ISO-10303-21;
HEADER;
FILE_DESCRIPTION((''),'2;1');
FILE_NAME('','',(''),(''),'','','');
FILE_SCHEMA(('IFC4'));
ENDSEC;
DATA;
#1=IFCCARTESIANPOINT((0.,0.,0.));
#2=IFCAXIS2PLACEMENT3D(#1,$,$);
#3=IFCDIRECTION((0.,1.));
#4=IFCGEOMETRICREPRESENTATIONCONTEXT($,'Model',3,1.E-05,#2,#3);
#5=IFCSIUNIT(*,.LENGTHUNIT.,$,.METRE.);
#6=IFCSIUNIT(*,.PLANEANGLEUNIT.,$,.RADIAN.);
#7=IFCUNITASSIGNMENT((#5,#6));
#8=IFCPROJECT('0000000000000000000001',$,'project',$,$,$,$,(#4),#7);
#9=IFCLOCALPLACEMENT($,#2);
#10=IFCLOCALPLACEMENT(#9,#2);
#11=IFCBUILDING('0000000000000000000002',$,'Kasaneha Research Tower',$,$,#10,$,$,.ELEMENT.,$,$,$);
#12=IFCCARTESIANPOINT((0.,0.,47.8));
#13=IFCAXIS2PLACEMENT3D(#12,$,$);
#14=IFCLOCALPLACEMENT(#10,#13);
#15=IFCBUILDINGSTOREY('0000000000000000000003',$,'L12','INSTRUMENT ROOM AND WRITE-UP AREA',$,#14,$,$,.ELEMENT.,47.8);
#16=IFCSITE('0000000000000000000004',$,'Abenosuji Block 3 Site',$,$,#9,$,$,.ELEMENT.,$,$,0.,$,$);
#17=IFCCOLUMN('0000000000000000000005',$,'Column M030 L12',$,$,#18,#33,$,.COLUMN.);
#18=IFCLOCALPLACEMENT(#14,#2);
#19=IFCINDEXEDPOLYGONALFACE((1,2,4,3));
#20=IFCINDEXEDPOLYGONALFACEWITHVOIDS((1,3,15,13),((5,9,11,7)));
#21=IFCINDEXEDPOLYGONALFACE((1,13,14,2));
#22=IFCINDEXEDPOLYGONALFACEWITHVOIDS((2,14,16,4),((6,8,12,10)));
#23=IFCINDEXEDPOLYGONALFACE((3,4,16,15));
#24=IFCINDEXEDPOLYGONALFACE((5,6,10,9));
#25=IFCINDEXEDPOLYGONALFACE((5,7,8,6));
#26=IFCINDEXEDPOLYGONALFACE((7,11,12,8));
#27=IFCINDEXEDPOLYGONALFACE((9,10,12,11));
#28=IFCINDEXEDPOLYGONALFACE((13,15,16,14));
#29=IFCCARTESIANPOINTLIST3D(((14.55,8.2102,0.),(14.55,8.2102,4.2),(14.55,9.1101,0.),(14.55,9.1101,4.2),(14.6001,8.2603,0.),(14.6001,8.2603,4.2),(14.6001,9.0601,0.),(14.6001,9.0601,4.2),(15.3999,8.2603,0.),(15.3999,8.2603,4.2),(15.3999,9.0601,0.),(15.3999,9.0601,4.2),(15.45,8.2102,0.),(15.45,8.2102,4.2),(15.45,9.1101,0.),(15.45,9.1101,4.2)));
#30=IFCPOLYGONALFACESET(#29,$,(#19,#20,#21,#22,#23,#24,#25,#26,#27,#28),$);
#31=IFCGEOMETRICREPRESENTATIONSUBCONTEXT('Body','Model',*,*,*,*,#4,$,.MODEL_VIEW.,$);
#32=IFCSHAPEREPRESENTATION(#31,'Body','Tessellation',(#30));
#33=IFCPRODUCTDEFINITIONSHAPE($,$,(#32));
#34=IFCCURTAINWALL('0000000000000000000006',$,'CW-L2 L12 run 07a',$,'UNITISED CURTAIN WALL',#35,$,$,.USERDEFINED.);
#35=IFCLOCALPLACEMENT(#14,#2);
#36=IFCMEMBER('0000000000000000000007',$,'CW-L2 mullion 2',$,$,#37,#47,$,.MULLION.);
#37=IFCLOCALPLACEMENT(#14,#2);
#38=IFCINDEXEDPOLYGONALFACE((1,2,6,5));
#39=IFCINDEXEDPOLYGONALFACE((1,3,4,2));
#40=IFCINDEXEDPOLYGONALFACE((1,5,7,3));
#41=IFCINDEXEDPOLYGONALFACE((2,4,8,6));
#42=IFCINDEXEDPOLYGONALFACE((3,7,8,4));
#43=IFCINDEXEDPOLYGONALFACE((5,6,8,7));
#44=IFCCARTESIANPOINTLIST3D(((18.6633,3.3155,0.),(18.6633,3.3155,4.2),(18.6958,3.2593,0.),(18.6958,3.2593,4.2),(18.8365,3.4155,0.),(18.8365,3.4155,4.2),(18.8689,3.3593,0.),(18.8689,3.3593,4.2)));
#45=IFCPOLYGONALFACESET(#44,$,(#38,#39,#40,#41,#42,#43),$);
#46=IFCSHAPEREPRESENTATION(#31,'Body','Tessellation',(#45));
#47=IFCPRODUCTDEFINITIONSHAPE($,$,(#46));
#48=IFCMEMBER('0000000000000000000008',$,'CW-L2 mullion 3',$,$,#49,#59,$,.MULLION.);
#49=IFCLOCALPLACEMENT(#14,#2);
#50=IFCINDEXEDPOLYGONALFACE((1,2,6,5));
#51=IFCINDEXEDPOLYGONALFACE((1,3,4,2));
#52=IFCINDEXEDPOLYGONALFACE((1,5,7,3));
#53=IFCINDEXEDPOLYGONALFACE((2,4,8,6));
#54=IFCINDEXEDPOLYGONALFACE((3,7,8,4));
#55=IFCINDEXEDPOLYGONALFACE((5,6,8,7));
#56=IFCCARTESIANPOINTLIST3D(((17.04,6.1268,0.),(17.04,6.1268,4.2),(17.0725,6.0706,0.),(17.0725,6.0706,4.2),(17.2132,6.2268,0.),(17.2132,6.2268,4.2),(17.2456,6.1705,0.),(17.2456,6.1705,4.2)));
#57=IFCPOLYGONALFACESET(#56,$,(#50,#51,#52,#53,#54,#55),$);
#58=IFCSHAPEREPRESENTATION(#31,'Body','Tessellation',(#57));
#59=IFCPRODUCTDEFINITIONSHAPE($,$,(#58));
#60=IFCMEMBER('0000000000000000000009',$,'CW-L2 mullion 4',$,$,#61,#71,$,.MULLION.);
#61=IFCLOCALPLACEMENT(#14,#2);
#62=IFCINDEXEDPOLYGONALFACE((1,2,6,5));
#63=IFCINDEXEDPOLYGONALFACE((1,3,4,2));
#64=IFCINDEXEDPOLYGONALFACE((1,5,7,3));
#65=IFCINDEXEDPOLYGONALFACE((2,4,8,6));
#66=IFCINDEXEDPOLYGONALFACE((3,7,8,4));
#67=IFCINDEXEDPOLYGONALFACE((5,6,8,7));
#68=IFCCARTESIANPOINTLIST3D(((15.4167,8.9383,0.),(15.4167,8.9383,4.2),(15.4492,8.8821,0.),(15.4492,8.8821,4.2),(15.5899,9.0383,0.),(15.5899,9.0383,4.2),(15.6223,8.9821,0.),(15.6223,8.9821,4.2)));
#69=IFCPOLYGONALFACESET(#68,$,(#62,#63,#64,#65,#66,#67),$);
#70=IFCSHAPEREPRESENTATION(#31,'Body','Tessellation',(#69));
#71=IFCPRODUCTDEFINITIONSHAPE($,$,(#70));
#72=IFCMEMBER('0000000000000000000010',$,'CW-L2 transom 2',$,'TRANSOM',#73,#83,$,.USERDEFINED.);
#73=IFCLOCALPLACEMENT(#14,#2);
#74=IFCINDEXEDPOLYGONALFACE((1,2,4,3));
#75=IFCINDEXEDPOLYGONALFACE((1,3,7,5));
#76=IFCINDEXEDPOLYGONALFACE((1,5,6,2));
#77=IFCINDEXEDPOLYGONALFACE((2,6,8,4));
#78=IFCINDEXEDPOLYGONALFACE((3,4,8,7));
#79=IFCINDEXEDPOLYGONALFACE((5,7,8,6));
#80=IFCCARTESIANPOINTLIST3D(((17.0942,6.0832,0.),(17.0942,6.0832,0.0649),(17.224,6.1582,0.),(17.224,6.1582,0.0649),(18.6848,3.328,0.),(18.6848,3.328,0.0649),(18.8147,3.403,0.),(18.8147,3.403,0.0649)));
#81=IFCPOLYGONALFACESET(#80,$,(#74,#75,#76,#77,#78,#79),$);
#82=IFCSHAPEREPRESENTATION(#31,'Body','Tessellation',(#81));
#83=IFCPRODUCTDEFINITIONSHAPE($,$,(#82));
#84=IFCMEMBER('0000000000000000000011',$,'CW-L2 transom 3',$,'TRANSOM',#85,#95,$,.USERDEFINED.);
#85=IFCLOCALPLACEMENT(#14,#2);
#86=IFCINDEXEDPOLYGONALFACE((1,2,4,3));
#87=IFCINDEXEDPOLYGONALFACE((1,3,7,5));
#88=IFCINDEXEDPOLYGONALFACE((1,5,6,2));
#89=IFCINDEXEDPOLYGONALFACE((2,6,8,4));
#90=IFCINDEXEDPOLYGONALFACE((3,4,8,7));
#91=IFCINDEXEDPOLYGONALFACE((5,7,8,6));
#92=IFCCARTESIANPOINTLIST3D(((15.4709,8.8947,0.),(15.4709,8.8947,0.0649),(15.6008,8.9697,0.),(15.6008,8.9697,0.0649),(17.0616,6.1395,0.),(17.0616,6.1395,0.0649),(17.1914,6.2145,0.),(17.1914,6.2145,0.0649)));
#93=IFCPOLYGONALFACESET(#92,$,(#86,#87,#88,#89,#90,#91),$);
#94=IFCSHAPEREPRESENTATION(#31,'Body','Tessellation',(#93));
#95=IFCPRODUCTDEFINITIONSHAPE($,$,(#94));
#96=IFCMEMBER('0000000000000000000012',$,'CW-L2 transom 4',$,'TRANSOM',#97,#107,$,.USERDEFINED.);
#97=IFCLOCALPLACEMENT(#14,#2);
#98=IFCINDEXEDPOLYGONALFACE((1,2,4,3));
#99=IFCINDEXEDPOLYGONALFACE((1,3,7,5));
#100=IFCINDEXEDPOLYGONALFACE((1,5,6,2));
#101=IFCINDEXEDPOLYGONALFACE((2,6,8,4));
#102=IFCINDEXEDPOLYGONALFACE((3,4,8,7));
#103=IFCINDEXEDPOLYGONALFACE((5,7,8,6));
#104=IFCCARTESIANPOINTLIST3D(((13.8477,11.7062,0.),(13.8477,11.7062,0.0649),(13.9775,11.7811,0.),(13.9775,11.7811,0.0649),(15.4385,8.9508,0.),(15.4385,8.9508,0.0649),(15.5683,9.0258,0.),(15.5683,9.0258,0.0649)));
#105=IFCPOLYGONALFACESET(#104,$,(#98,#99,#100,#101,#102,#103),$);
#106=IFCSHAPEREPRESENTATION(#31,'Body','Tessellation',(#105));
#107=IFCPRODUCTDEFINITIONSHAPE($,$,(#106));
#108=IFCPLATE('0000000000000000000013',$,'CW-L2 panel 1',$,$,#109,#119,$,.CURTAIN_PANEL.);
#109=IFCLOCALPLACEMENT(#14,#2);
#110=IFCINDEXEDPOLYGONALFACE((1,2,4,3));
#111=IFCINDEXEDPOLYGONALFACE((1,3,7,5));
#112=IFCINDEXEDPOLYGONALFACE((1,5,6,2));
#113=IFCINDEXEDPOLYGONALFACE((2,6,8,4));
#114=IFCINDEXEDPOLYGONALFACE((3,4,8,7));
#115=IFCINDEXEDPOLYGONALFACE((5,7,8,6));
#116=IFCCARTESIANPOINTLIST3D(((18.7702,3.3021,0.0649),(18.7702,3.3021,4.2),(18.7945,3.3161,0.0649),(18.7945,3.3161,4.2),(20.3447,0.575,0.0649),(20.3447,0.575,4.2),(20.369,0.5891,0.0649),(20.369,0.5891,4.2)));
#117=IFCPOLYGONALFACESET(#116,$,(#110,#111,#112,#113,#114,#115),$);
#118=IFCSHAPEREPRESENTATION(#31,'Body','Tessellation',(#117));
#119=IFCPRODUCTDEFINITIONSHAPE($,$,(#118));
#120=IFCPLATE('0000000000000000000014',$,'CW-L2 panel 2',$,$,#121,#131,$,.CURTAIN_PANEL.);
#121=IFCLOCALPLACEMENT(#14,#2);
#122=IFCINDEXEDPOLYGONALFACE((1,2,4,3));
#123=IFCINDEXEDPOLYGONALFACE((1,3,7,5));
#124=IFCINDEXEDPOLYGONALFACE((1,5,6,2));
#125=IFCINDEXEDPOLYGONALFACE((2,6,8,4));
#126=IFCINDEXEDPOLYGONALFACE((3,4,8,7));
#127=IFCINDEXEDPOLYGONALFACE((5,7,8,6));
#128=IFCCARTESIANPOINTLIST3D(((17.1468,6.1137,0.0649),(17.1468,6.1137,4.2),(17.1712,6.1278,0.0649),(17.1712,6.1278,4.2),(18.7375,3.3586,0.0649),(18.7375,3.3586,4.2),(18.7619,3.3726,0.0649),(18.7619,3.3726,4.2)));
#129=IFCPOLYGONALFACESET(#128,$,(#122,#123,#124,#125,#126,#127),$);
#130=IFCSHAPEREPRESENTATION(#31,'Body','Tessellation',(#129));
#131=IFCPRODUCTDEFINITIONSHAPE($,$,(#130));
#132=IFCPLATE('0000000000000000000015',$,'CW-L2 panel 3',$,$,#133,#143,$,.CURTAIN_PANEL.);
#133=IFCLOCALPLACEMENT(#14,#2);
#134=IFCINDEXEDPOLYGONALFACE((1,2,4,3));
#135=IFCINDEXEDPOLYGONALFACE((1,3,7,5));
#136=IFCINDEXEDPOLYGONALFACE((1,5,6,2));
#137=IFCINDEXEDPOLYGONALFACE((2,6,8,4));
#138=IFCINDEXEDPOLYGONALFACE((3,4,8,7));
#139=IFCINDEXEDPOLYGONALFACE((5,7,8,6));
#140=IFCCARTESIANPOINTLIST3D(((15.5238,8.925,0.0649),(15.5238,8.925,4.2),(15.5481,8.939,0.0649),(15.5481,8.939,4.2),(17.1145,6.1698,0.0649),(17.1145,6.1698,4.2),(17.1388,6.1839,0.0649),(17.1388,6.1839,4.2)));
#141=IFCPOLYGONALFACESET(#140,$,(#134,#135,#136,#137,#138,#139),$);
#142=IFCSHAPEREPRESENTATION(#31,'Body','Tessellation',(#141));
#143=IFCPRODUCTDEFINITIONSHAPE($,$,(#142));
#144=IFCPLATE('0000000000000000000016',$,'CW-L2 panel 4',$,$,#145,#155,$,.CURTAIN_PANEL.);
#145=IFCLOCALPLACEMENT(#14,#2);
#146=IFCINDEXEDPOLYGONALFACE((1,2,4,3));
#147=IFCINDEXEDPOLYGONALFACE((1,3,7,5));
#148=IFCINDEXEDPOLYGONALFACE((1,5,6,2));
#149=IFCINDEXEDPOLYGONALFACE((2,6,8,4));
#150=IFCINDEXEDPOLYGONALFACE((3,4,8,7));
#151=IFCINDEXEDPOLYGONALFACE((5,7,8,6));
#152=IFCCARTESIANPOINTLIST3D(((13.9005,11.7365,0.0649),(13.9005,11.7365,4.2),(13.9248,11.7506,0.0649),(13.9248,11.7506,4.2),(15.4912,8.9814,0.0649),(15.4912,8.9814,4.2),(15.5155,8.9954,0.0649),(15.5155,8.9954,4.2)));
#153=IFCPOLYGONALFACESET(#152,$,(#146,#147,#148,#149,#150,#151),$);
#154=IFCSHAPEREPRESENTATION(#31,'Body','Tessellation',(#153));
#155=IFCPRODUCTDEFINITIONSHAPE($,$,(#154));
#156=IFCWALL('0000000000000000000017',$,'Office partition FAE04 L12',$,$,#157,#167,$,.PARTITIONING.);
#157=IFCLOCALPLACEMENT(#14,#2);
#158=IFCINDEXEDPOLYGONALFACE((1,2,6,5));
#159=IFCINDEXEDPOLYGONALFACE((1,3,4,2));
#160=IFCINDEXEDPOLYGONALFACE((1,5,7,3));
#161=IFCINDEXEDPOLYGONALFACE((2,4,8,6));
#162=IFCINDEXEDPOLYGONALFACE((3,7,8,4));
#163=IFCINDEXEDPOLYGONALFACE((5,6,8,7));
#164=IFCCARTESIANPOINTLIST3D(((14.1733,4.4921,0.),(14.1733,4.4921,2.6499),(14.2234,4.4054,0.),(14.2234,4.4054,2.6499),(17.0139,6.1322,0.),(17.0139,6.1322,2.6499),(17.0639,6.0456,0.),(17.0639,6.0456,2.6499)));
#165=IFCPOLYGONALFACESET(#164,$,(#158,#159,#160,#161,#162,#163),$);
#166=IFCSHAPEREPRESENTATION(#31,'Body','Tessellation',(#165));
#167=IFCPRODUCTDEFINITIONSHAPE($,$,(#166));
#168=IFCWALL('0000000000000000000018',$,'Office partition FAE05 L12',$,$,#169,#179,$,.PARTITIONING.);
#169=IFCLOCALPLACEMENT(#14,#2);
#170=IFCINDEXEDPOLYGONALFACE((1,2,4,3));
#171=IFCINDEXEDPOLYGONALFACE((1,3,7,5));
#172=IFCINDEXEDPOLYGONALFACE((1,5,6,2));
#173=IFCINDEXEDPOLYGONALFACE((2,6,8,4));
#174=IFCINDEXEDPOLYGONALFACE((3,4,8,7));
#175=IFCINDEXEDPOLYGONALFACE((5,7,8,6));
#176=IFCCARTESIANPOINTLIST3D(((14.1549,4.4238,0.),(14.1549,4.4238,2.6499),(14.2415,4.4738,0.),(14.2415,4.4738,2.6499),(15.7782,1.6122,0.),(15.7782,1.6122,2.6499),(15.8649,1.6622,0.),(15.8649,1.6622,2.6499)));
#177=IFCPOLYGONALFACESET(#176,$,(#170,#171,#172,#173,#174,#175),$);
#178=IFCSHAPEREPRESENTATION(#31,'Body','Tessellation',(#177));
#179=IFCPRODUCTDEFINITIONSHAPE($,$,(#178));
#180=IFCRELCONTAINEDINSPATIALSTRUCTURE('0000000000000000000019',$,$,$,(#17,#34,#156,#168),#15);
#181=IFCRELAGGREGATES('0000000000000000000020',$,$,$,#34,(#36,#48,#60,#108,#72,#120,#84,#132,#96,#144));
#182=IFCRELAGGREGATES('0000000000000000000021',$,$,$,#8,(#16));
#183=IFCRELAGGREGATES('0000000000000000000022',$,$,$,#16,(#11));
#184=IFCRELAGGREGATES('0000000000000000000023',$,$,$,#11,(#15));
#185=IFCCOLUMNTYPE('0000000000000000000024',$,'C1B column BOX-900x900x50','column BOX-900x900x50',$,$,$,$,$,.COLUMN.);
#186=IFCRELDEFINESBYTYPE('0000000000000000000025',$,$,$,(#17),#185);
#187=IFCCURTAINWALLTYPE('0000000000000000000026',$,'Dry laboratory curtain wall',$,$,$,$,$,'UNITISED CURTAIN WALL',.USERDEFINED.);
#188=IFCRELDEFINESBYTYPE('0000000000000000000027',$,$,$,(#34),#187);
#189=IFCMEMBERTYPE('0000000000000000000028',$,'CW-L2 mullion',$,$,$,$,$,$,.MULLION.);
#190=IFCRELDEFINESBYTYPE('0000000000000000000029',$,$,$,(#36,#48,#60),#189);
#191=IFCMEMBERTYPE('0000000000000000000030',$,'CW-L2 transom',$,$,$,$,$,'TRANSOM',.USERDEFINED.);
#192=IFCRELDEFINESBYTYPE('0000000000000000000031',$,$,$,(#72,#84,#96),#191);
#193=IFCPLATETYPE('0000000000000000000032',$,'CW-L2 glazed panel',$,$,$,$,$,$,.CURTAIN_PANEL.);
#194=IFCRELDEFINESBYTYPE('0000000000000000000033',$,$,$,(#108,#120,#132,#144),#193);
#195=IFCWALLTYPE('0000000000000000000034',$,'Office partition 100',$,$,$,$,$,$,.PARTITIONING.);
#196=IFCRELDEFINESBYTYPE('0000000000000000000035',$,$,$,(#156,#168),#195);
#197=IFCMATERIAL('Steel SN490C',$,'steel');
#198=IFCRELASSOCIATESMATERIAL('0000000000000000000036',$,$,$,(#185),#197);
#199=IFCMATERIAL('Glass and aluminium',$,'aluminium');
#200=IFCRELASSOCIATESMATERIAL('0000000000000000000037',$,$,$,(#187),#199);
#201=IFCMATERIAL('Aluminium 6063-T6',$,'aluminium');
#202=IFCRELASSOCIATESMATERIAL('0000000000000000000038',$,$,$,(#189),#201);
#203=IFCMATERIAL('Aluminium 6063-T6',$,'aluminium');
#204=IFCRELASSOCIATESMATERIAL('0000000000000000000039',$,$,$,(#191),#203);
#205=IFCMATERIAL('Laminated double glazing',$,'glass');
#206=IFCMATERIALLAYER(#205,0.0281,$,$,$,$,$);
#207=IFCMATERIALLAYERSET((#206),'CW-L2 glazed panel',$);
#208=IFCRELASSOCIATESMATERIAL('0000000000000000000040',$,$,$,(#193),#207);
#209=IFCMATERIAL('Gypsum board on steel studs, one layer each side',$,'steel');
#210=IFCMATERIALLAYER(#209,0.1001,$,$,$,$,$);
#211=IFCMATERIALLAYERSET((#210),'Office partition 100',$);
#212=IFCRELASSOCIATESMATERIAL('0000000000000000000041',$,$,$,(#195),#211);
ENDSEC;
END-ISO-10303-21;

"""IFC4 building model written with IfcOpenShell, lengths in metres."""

from ifc_helpers import new_model, si_unit, direction, frame, frame_2d, origin, origin_2d, place, context, subcontext, project, spatial, rectangle, hollow_rectangle, extrude, material, layer, layer_set, material_profile, profile_set, type_object, element, aggregate, save


model = new_model("IFC4")

# Units and contexts
model_context = context("Model", 3, precision=1e-05, world=origin(), true_north=direction((0.0, 1.0)))
body_context = subcontext(model_context, "Body", "Model", "MODEL_VIEW")
ifc_project = project(units=[si_unit("LENGTHUNIT", "METRE"), si_unit("PLANEANGLEUNIT", "RADIAN")], contexts=[model_context])

# Site, building, storey
site_placement = place(None, origin())
site = spatial("IfcSite", under=ifc_project, at=site_placement, Name="Abenosuji Block 3 Site", CompositionType="ELEMENT", RefElevation=0.0)
building_placement = place(site_placement, origin())
building = spatial("IfcBuilding", under=site, at=building_placement, Name="Kasaneha Research Tower", CompositionType="ELEMENT")
storey_placement = place(building_placement, frame((0.0, 0.0, 47.8)))
storey = spatial("IfcBuildingStorey", under=building, at=storey_placement, Name="L12", Description="INSTRUMENT ROOM AND WRITE-UP AREA", CompositionType="ELEMENT", Elevation=47.8)

# Column
ifc_material_1 = material(Name="Steel SN490C", Category="steel")
ifc_material_profile_1 = material_profile(ifc_material_1, hollow_rectangle(XDim=0.8999, YDim=0.8999, WallThickness=0.05, at=origin_2d()), Name="BOX-900x900x50")
ifc_profile_set_1 = profile_set([ifc_material_profile_1], Name="Steel SN490C")
column_type = type_object("IfcColumnType", Name="C1B column BOX-900x900x50", Description="column BOX-900x900x50", PredefinedType="COLUMN", material=ifc_profile_set_1)
column_placement = place(storey_placement, frame((15.0, 8.6602, 0.0), z_axis=(0.0, 0.0, 1.0), x_axis=(1.0, 0.0, 0.0)))
element("IfcColumn", 1, at=column_placement, inside=storey, type_object=column_type, Name="Column M030 L12", PredefinedType="COLUMN", context=body_context, shape_type="SweptSolid", body=[
    extrude(hollow_rectangle(XDim=0.8999, YDim=0.8999, WallThickness=0.05, at=origin_2d()), origin(), (0.0, 0.0, 1.0), 4.2),
])

# Curtain wall, members, plates
ifc_material_2 = material(Name="Glass and aluminium", Category="aluminium")
curtain_wall_type = type_object("IfcCurtainWallType", Name="Dry laboratory curtain wall", ElementType="UNITISED CURTAIN WALL", PredefinedType="USERDEFINED", material=ifc_material_2)
curtain_wall_placement = place(storey_placement, origin())
curtain_wall = element("IfcCurtainWall", 2, at=curtain_wall_placement, inside=storey, type_object=curtain_wall_type, Name="CW-L2 L12 run 07a", ObjectType="UNITISED CURTAIN WALL", PredefinedType="USERDEFINED")
ifc_material_3 = material(Name="Aluminium 6063-T6", Category="aluminium")
ifc_material_profile_2 = material_profile(ifc_material_3, rectangle(XDim=0.0649, YDim=0.2, at=origin_2d()), Name="CW-L2 mullion 65x200")
ifc_profile_set_2 = profile_set([ifc_material_profile_2], Name="Aluminium 6063-T6")
member_type_1 = type_object("IfcMemberType", Name="CW-L2 mullion", PredefinedType="MULLION", material=ifc_profile_set_2)
member_1_placement = place(storey_placement, frame((18.7661, 3.3374, 0.0), z_axis=(0.0, 0.0, 1.0), x_axis=(-0.5, 0.866025, 0.0)))
member_1 = element("IfcMember", 3, at=member_1_placement, type_object=member_type_1, Name="CW-L2 mullion 2", PredefinedType="MULLION", context=body_context, shape_type="SweptSolid", body=[
    extrude(rectangle(XDim=0.0649, YDim=0.2, at=origin_2d()), origin(), (0.0, 0.0, 1.0), 4.2),
])
member_2_placement = place(storey_placement, frame((17.1428, 6.1487, 0.0), z_axis=(0.0, 0.0, 1.0), x_axis=(-0.5, 0.866025, 0.0)))
member_2 = element("IfcMember", 4, at=member_2_placement, type_object=member_type_1, Name="CW-L2 mullion 3", PredefinedType="MULLION", context=body_context, shape_type="SweptSolid", body=[
    extrude(rectangle(XDim=0.0649, YDim=0.2, at=origin_2d()), origin(), (0.0, 0.0, 1.0), 4.2),
])
member_3_placement = place(storey_placement, frame((15.5195, 8.9602, 0.0), z_axis=(0.0, 0.0, 1.0), x_axis=(-0.5, 0.866025, 0.0)))
member_3 = element("IfcMember", 5, at=member_3_placement, type_object=member_type_1, Name="CW-L2 mullion 4", PredefinedType="MULLION", context=body_context, shape_type="SweptSolid", body=[
    extrude(rectangle(XDim=0.0649, YDim=0.2, at=origin_2d()), origin(), (0.0, 0.0, 1.0), 4.2),
])
ifc_material_4 = material(Name="Aluminium 6063-T6", Category="aluminium")
ifc_material_profile_3 = material_profile(ifc_material_4, rectangle(XDim=0.1499, YDim=0.0649, at=origin_2d()), Name="CW-L2 transom 150x65")
ifc_profile_set_3 = profile_set([ifc_material_profile_3], Name="Aluminium 6063-T6")
member_type_2 = type_object("IfcMemberType", Name="CW-L2 transom", ElementType="TRANSOM", PredefinedType="USERDEFINED", material=ifc_profile_set_3)
member_4_placement = place(storey_placement, frame((18.7498, 3.3655, 0.0325), z_axis=(-0.499977, 0.866039, 0.0), x_axis=(-0.866039, -0.499977, 0.0)))
member_4 = element("IfcMember", 6, at=member_4_placement, type_object=member_type_2, Name="CW-L2 transom 2", ObjectType="TRANSOM", PredefinedType="USERDEFINED", context=body_context, shape_type="SweptSolid", body=[
    extrude(rectangle(XDim=0.1499, YDim=0.0649, at=origin_2d()), origin(), (0.0, 0.0, 1.0), 3.1814),
])
member_5_placement = place(storey_placement, frame((17.1265, 6.177, 0.0325), z_axis=(-0.499977, 0.866039, 0.0), x_axis=(-0.866039, -0.499977, 0.0)))
member_5 = element("IfcMember", 7, at=member_5_placement, type_object=member_type_2, Name="CW-L2 transom 3", ObjectType="TRANSOM", PredefinedType="USERDEFINED", context=body_context, shape_type="SweptSolid", body=[
    extrude(rectangle(XDim=0.1499, YDim=0.0649, at=origin_2d()), origin(), (0.0, 0.0, 1.0), 3.1814),
])
member_6_placement = place(storey_placement, frame((15.5034, 8.9883, 0.0325), z_axis=(-0.500001, 0.866025, 0.0), x_axis=(-0.866025, -0.500001, 0.0)))
member_6 = element("IfcMember", 8, at=member_6_placement, type_object=member_type_2, Name="CW-L2 transom 4", ObjectType="TRANSOM", PredefinedType="USERDEFINED", context=body_context, shape_type="SweptSolid", body=[
    extrude(rectangle(XDim=0.1499, YDim=0.0649, at=origin_2d()), origin(), (0.0, 0.0, 1.0), 3.1816),
])
ifc_material_5 = material(Name="Laminated double glazing", Category="glass")
ifc_layer_1 = layer(ifc_material_5, 0.0281)
ifc_layer_set_1 = layer_set([ifc_layer_1], Name="CW-L2 glazed panel")
plate_type = type_object("IfcPlateType", Name="CW-L2 glazed panel", PredefinedType="CURTAIN_PANEL", material=ifc_layer_set_1)
plate_1_placement = place(storey_placement, frame((19.5696, 1.9456, 0.0649), z_axis=(0.0, 0.0, 1.0), x_axis=(-0.5, 0.866025, 0.0)))
plate_1 = element("IfcPlate", 9, at=plate_1_placement, type_object=plate_type, Name="CW-L2 panel 1", PredefinedType="CURTAIN_PANEL", context=body_context, shape_type="SweptSolid", body=[
    extrude(rectangle(XDim=3.1489, YDim=0.0281, at=origin_2d()), origin(), (0.0, 0.0, 1.0), 4.135),
])
plate_2_placement = place(storey_placement, frame((17.9543, 4.7432, 0.0649), z_axis=(0.0, 0.0, 1.0), x_axis=(-0.5, 0.866025, 0.0)))
plate_2 = element("IfcPlate", 10, at=plate_2_placement, type_object=plate_type, Name="CW-L2 panel 2", PredefinedType="CURTAIN_PANEL", context=body_context, shape_type="SweptSolid", body=[
    extrude(rectangle(XDim=3.1814, YDim=0.0281, at=origin_2d()), origin(), (0.0, 0.0, 1.0), 4.135),
])
plate_3_placement = place(storey_placement, frame((16.3313, 7.5544, 0.0649), z_axis=(0.0, 0.0, 1.0), x_axis=(-0.5, 0.866025, 0.0)))
plate_3 = element("IfcPlate", 11, at=plate_3_placement, type_object=plate_type, Name="CW-L2 panel 3", PredefinedType="CURTAIN_PANEL", context=body_context, shape_type="SweptSolid", body=[
    extrude(rectangle(XDim=3.1814, YDim=0.0281, at=origin_2d()), origin(), (0.0, 0.0, 1.0), 4.135),
])
plate_4_placement = place(storey_placement, frame((14.708, 10.366, 0.0649), z_axis=(0.0, 0.0, 1.0), x_axis=(-0.5, 0.866025, 0.0)))
plate_4 = element("IfcPlate", 12, at=plate_4_placement, type_object=plate_type, Name="CW-L2 panel 4", PredefinedType="CURTAIN_PANEL", context=body_context, shape_type="SweptSolid", body=[
    extrude(rectangle(XDim=3.1814, YDim=0.0281, at=origin_2d()), origin(), (0.0, 0.0, 1.0), 4.135),
])
aggregate(curtain_wall, [member_1, member_2, member_3, plate_1, member_4, plate_2, member_5, plate_3, member_6, plate_4])

# Walls
ifc_material_6 = material(Name="Gypsum board on steel studs, one layer each side", Category="steel")
ifc_layer_2 = layer(ifc_material_6, 0.1001)
ifc_layer_set_2 = layer_set([ifc_layer_2], Name="Office partition 100")
wall_type = type_object("IfcWallType", Name="Office partition 100", PredefinedType="PARTITIONING", material=ifc_layer_set_2)
wall_1_placement = place(storey_placement, frame((14.1982, 4.4487, 0.0), z_axis=(0.0, 0.0, 1.0), x_axis=(0.866008, 0.50003, 0.0)))
element("IfcWall", 13, at=wall_1_placement, inside=storey, type_object=wall_type, Name="Office partition FAE04 L12", PredefinedType="PARTITIONING", context=body_context, shape_type="SweptSolid", body=[
    extrude(rectangle(XDim=3.28, YDim=0.1001, at=frame_2d((1.6401, 0.0))), origin(), (0.0, 0.0, 1.0), 2.6499),
])
wall_2_placement = place(storey_placement, frame((15.8215, 1.6372, 0.0), z_axis=(0.0, 0.0, 1.0), x_axis=(-0.500013, 0.866018, 0.0)))
element("IfcWall", 14, at=wall_2_placement, inside=storey, type_object=wall_type, Name="Office partition FAE05 L12", PredefinedType="PARTITIONING", context=body_context, shape_type="SweptSolid", body=[
    extrude(rectangle(XDim=3.2466, YDim=0.1001, at=frame_2d((1.6233, 0.0))), origin(), (0.0, 0.0, 1.0), 2.6499),
])

save(model, "model.ifc")
